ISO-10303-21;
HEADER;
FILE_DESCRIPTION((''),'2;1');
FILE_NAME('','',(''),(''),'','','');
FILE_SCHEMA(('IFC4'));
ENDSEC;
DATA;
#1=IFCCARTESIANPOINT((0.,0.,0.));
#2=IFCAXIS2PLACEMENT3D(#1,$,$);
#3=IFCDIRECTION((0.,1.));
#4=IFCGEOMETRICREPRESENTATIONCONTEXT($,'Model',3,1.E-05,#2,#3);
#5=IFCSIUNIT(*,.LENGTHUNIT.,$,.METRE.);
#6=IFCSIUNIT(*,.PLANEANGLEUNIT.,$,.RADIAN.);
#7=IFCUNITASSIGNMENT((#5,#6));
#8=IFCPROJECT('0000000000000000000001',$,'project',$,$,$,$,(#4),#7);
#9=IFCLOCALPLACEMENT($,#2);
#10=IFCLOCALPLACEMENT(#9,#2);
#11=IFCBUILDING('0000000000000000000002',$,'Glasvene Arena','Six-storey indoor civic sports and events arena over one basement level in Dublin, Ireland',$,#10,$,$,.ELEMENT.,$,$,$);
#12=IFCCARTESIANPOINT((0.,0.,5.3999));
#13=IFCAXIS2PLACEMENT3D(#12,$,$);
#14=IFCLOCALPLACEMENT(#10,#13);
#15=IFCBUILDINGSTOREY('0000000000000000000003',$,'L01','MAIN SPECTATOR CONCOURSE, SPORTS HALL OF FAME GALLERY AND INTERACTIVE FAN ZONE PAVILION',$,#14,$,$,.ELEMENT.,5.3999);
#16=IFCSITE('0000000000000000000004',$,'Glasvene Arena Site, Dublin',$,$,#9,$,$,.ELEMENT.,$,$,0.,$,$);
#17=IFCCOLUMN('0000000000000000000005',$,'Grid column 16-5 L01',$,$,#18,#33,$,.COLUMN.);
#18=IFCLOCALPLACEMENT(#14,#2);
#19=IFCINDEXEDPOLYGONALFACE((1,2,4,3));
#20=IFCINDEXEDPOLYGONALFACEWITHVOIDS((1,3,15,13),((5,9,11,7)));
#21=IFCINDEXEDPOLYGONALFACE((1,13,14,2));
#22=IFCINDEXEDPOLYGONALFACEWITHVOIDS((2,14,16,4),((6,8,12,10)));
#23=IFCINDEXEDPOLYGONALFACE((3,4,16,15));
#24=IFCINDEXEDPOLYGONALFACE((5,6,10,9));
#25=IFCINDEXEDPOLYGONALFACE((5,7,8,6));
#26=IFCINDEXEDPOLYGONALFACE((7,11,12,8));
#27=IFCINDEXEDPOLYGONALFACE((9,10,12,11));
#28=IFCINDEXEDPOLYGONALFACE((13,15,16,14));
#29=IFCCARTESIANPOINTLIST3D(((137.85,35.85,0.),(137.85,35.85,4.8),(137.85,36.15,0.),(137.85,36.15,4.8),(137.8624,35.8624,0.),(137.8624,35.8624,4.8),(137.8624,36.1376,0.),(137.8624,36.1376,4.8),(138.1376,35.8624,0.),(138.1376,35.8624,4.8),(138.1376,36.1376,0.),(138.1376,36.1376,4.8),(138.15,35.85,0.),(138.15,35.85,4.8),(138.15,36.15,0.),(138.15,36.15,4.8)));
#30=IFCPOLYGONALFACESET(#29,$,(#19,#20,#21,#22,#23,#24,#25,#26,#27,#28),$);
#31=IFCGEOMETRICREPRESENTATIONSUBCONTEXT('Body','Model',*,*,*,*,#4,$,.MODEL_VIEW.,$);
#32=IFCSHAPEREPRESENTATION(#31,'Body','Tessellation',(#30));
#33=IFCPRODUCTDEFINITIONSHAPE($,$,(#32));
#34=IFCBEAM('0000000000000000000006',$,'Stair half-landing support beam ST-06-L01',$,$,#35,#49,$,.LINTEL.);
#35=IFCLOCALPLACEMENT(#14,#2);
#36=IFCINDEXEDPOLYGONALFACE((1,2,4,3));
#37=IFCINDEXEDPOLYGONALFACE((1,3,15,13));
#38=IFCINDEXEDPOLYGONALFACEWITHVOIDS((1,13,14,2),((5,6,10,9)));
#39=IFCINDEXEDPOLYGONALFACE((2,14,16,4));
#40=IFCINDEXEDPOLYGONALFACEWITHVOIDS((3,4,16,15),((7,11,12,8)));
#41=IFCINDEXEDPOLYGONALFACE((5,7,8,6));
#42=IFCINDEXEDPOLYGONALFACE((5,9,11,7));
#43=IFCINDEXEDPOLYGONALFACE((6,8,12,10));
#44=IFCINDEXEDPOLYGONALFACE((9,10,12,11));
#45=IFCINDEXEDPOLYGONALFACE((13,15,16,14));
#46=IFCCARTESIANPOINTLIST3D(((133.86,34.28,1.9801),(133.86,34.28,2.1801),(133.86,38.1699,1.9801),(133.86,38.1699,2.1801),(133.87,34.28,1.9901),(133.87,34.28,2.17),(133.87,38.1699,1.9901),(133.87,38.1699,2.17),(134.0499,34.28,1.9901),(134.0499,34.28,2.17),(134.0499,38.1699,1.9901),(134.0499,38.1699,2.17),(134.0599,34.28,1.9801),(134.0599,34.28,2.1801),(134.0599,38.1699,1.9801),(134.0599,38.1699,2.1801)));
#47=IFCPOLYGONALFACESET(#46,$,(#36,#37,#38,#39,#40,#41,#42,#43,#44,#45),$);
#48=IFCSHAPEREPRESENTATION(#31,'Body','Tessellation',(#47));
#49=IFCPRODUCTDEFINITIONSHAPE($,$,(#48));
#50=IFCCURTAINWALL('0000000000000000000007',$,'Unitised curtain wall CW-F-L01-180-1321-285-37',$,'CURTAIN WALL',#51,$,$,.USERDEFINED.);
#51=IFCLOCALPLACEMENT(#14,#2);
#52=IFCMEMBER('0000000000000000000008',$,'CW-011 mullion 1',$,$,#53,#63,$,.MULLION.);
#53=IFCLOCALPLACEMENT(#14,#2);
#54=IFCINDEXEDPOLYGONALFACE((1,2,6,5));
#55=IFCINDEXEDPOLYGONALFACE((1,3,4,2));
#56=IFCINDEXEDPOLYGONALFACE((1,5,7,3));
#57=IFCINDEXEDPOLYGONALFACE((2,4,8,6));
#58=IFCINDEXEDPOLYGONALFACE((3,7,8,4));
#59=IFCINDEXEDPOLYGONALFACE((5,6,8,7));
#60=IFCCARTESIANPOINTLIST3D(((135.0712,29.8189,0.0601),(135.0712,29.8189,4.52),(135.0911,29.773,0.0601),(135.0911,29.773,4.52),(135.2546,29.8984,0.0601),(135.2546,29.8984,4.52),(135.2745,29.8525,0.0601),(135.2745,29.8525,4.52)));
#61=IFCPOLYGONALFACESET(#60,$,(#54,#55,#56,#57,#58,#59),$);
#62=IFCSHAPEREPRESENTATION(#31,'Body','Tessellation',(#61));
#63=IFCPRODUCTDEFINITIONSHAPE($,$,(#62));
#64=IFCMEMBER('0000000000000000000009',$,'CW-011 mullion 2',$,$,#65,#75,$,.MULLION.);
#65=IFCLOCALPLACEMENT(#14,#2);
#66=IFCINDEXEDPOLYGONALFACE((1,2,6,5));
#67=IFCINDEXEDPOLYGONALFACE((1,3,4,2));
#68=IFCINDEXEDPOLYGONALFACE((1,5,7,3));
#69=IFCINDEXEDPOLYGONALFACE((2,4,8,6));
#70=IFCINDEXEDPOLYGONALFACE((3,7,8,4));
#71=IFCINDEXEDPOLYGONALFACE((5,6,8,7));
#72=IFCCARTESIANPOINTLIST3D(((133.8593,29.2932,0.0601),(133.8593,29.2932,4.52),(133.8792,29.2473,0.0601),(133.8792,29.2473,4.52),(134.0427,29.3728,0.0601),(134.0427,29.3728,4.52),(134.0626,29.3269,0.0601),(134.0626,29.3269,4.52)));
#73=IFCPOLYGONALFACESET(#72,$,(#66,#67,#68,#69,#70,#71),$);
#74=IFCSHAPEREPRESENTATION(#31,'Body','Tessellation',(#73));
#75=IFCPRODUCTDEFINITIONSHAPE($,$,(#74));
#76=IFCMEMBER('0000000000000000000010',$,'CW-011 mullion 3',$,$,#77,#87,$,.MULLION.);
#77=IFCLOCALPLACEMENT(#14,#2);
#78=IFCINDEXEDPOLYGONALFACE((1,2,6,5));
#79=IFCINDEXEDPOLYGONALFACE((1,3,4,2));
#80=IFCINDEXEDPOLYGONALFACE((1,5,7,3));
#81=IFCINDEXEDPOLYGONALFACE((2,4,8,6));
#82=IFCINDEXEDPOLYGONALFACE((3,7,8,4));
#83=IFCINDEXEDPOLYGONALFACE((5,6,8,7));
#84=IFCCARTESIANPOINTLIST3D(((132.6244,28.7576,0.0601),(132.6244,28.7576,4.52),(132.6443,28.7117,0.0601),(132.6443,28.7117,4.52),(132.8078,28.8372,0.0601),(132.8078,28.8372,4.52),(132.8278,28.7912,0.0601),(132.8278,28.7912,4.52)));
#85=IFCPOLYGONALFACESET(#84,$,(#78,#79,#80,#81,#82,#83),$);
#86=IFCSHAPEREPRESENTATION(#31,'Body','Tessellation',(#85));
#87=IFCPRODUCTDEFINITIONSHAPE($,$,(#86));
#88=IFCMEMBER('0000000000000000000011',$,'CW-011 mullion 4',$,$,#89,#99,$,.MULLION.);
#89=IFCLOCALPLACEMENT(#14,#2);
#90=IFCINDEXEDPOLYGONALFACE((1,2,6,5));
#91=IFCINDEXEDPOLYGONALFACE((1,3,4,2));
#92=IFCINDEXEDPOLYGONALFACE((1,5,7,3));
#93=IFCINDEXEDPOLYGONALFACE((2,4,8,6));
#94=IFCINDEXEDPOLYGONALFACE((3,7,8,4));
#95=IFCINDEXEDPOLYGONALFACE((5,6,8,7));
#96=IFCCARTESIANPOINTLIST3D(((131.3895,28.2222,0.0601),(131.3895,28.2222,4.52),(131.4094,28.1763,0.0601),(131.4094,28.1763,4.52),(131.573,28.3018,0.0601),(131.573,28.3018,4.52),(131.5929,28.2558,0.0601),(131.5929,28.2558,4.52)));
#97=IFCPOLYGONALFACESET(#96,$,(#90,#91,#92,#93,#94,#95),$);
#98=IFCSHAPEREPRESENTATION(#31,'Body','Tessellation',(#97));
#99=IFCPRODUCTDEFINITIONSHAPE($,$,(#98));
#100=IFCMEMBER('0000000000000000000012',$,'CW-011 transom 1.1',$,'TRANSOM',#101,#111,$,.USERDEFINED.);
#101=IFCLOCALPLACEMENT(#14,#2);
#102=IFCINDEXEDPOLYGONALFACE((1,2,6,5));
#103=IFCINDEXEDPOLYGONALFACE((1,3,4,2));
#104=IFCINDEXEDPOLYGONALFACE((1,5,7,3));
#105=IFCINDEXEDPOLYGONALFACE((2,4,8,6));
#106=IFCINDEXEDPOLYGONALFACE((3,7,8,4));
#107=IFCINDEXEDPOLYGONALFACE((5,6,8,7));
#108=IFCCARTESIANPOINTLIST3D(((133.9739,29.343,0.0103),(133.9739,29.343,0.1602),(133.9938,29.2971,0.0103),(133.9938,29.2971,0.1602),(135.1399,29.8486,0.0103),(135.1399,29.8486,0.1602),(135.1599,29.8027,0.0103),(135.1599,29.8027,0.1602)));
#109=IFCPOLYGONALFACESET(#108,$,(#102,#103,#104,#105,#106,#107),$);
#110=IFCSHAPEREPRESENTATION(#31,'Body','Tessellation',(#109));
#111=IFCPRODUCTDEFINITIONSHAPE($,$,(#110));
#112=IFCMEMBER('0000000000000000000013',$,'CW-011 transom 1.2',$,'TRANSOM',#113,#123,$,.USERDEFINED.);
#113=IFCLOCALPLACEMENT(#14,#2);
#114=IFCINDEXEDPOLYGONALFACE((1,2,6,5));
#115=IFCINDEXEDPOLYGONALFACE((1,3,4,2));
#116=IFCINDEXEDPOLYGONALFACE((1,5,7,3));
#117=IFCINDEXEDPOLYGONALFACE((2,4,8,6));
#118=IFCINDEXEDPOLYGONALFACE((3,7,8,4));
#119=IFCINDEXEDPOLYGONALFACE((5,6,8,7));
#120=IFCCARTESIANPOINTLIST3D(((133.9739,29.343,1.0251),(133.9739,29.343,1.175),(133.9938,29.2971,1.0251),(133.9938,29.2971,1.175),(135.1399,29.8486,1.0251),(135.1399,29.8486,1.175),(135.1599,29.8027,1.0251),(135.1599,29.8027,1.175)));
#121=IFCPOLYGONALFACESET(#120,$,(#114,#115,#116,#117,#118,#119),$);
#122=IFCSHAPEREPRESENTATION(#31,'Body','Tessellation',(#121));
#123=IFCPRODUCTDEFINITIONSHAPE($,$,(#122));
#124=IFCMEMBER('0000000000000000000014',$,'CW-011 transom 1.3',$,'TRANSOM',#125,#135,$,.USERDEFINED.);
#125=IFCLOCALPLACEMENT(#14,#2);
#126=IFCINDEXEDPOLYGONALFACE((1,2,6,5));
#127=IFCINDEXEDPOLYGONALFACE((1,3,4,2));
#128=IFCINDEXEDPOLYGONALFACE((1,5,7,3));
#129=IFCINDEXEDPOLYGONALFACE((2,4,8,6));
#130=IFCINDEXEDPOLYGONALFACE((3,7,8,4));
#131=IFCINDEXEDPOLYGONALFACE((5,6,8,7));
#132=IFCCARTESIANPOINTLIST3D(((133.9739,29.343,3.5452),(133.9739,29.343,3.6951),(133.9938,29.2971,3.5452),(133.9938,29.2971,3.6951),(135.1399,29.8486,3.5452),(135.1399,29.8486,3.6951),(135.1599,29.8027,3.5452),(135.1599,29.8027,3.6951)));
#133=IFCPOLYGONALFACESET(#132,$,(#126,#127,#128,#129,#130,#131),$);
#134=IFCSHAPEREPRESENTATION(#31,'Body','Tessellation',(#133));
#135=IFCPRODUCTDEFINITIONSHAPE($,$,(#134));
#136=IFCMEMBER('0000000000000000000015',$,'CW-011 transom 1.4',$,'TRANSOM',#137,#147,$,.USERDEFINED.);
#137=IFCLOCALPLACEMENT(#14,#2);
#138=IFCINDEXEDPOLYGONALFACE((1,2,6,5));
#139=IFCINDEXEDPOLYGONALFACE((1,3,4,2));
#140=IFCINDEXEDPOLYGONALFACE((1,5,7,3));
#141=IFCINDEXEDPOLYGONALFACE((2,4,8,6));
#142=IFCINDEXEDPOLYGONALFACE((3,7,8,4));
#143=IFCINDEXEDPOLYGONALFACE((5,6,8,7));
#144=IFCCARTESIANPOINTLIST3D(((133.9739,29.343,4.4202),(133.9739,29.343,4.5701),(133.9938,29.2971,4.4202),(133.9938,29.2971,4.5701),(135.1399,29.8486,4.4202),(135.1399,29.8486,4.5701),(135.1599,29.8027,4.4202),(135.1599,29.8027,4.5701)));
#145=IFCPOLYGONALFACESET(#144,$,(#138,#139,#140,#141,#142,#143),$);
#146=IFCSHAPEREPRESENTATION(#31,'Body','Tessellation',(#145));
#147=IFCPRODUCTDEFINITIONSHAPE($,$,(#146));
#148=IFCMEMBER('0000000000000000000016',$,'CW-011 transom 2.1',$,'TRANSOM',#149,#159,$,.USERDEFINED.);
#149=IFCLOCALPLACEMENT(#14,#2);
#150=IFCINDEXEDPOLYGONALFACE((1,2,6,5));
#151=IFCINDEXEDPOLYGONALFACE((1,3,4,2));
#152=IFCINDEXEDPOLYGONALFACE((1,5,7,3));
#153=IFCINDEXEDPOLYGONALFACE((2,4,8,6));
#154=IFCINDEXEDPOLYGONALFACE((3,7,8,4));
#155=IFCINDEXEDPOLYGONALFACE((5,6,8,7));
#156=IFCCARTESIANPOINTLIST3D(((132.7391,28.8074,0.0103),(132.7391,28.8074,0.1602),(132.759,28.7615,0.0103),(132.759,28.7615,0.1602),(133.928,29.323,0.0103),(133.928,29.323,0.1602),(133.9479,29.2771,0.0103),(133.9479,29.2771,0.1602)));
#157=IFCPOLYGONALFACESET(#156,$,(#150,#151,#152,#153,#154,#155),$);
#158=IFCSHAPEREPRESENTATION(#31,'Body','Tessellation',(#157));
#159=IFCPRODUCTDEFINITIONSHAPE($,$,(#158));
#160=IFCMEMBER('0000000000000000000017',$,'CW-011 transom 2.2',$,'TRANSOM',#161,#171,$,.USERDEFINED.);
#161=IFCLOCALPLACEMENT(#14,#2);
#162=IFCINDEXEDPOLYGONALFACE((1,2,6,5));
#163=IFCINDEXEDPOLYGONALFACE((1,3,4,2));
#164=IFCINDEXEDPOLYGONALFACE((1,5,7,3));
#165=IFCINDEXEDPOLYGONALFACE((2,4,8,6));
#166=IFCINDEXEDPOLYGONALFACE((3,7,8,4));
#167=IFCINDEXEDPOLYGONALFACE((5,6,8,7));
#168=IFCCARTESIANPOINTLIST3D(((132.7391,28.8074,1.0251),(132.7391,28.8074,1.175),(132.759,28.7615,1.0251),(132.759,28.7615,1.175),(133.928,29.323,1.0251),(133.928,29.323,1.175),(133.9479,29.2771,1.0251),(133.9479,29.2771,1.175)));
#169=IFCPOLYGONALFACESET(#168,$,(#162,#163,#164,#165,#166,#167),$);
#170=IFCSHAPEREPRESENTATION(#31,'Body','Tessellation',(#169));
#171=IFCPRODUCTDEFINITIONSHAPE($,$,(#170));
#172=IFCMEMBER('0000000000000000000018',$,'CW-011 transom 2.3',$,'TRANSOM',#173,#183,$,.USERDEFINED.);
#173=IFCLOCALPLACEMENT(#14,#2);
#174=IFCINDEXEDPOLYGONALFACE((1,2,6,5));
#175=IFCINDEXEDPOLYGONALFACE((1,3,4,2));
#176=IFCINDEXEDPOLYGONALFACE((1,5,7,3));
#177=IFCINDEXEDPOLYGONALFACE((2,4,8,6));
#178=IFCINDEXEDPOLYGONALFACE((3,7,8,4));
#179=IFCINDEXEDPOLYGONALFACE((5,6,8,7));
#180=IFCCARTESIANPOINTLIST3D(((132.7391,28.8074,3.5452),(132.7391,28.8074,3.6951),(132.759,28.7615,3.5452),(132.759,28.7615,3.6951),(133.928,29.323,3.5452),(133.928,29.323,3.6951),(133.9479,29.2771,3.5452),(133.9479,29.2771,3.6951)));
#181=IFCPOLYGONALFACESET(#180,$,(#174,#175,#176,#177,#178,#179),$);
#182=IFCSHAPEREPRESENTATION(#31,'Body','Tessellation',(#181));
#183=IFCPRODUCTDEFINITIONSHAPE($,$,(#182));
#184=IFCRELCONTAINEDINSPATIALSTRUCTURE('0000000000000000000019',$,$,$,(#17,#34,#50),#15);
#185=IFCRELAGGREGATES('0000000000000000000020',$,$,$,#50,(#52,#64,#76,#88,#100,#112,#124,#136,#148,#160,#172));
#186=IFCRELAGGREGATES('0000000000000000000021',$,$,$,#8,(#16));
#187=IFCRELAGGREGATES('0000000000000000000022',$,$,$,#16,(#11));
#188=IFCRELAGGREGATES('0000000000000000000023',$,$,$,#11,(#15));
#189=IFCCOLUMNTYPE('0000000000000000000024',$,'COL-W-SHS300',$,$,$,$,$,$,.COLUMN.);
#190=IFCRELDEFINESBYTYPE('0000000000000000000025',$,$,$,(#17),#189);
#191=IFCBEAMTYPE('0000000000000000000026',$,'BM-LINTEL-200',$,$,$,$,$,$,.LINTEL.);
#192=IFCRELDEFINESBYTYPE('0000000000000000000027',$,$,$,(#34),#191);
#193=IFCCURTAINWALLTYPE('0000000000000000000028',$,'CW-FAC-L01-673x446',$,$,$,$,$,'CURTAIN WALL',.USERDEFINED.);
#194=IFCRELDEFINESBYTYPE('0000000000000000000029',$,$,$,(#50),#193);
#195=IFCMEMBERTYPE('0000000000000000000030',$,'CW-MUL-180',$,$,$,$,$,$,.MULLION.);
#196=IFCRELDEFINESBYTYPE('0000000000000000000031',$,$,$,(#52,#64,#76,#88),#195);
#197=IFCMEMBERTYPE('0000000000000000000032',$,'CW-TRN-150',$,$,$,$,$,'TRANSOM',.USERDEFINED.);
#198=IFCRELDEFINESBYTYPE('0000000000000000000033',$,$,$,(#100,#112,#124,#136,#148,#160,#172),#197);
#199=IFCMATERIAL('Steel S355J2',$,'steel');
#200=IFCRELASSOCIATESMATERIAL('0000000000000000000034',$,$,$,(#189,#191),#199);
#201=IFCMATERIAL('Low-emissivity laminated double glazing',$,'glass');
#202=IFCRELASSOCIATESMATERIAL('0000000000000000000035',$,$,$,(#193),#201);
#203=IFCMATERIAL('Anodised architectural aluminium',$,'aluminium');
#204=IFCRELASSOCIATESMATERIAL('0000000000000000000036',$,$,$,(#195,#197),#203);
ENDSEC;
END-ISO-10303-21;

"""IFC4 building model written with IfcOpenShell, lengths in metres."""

from ifc_helpers import new_model, si_unit, direction, frame, origin, origin_2d, place, context, subcontext, project, spatial, rectangle, hollow_rectangle, extrude, material, material_profile, profile_set, type_object, element, aggregate, save


model = new_model("IFC4")

# Units and contexts
model_context = context("Model", 3, precision=1e-05, world=origin(), true_north=direction((0.0, 1.0)))
body_context = subcontext(model_context, "Body", "Model", "MODEL_VIEW")
ifc_project = project(units=[si_unit("LENGTHUNIT", "METRE"), si_unit("PLANEANGLEUNIT", "RADIAN")], contexts=[model_context])

# Site, building, storey
site_placement = place(None, origin())
site = spatial("IfcSite", under=ifc_project, at=site_placement, Name="Glasvene Arena Site, Dublin", CompositionType="ELEMENT", RefElevation=0.0)
building_placement = place(site_placement, origin())
building = spatial("IfcBuilding", under=site, at=building_placement, Name="Glasvene Arena", Description="Six-storey indoor civic sports and events arena over one basement level in Dublin, Ireland", CompositionType="ELEMENT")
storey_placement = place(building_placement, frame((0.0, 0.0, 5.3999)))
storey = spatial("IfcBuildingStorey", under=building, at=storey_placement, Name="L01", Description="MAIN SPECTATOR CONCOURSE, SPORTS HALL OF FAME GALLERY AND INTERACTIVE FAN ZONE PAVILION", CompositionType="ELEMENT", Elevation=5.3999)

# Column
ifc_material_1 = material(Name="Steel S355J2", Category="steel")
ifc_material_profile_1 = material_profile(ifc_material_1, hollow_rectangle(XDim=0.3, YDim=0.3, WallThickness=0.0125, at=origin_2d()), Name="SHS 300x300x12.5")
ifc_profile_set_1 = profile_set([ifc_material_profile_1], Name="Steel S355J2")
column_type = type_object("IfcColumnType", Name="COL-W-SHS300", PredefinedType="COLUMN", material=ifc_profile_set_1)
column_placement = place(storey_placement, frame((138.0, 36.0, 0.0), z_axis=(0.0, 0.0, 1.0), x_axis=(1.0, 0.0, 0.0)))
element("IfcColumn", 1, at=column_placement, inside=storey, type_object=column_type, Name="Grid column 16-5 L01", PredefinedType="COLUMN", context=body_context, shape_type="SweptSolid", body=[
    extrude(hollow_rectangle(XDim=0.3, YDim=0.3, WallThickness=0.0125, at=origin_2d()), origin(), (0.0, 0.0, 1.0), 4.8),
])

# Beam
ifc_material_profile_2 = material_profile(ifc_material_1, hollow_rectangle(XDim=0.2, YDim=0.2, WallThickness=0.01, at=origin_2d()), Name="SHS 200x200x10.0")
ifc_profile_set_2 = profile_set([ifc_material_profile_2], Name="Steel S355J2")
beam_type = type_object("IfcBeamType", Name="BM-LINTEL-200", PredefinedType="LINTEL", material=ifc_profile_set_2)
beam_placement = place(storey_placement, frame((133.96, 34.28, 2.0801), z_axis=(0.0, 1.0, 0.0), x_axis=(-1.0, 0.0, 0.0)))
element("IfcBeam", 2, at=beam_placement, inside=storey, type_object=beam_type, Name="Stair half-landing support beam ST-06-L01", PredefinedType="LINTEL", context=body_context, shape_type="SweptSolid", body=[
    extrude(hollow_rectangle(XDim=0.2, YDim=0.2, WallThickness=0.01, at=origin_2d()), origin(), (0.0, 0.0, 1.0), 3.8899),
])

# Curtain wall, members
ifc_material_2 = material(Name="Low-emissivity laminated double glazing", Category="glass")
curtain_wall_type = type_object("IfcCurtainWallType", Name="CW-FAC-L01-673x446", ElementType="CURTAIN WALL", PredefinedType="USERDEFINED", material=ifc_material_2)
curtain_wall_placement = place(storey_placement, frame((135.1958, 29.8457, 0.0)))
curtain_wall = element("IfcCurtainWall", 3, at=curtain_wall_placement, inside=storey, type_object=curtain_wall_type, Name="Unitised curtain wall CW-F-L01-180-1321-285-37", ObjectType="CURTAIN WALL", PredefinedType="USERDEFINED")
ifc_material_3 = material(Name="Anodised architectural aluminium", Category="aluminium")
ifc_material_profile_3 = material_profile(ifc_material_3, rectangle(XDim=0.05, YDim=0.2, at=origin_2d()), Name="ALU MULLION 50x200")
ifc_profile_set_3 = profile_set([ifc_material_profile_3], Name="Anodised architectural aluminium")
member_type_1 = type_object("IfcMemberType", Name="CW-MUL-180", PredefinedType="MULLION", material=ifc_profile_set_3)
member_1_placement = place(storey_placement, frame((135.1729, 29.8357, 0.0601), z_axis=(0.0, 0.0, 1.0), x_axis=(0.39789, -0.917433, 0.0)))
member_1 = element("IfcMember", 4, at=member_1_placement, type_object=member_type_1, Name="CW-011 mullion 1", PredefinedType="MULLION", context=body_context, shape_type="SweptSolid", body=[
    extrude(rectangle(XDim=0.05, YDim=0.2, at=origin_2d()), origin(), (0.0, 0.0, 1.0), 4.46),
])
member_2_placement = place(storey_placement, frame((133.9609, 29.3101, 0.0601), z_axis=(0.0, 0.0, 1.0), x_axis=(0.39789, -0.917433, 0.0)))
member_2 = element("IfcMember", 5, at=member_2_placement, type_object=member_type_1, Name="CW-011 mullion 2", PredefinedType="MULLION", context=body_context, shape_type="SweptSolid", body=[
    extrude(rectangle(XDim=0.05, YDim=0.2, at=origin_2d()), origin(), (0.0, 0.0, 1.0), 4.46),
])
member_3_placement = place(storey_placement, frame((132.7261, 28.7744, 0.0601), z_axis=(0.0, 0.0, 1.0), x_axis=(0.39789, -0.917433, 0.0)))
member_3 = element("IfcMember", 6, at=member_3_placement, type_object=member_type_1, Name="CW-011 mullion 3", PredefinedType="MULLION", context=body_context, shape_type="SweptSolid", body=[
    extrude(rectangle(XDim=0.05, YDim=0.2, at=origin_2d()), origin(), (0.0, 0.0, 1.0), 4.46),
])
member_4_placement = place(storey_placement, frame((131.4912, 28.239, 0.0601), z_axis=(0.0, 0.0, 1.0), x_axis=(0.39789, -0.917433, 0.0)))
member_4 = element("IfcMember", 7, at=member_4_placement, type_object=member_type_1, Name="CW-011 mullion 4", PredefinedType="MULLION", context=body_context, shape_type="SweptSolid", body=[
    extrude(rectangle(XDim=0.05, YDim=0.2, at=origin_2d()), origin(), (0.0, 0.0, 1.0), 4.46),
])
ifc_material_profile_4 = material_profile(ifc_material_3, rectangle(XDim=0.05, YDim=0.1499, at=origin_2d()), Name="ALU TRANSOM 50x150")
ifc_profile_set_4 = profile_set([ifc_material_profile_4], Name="Anodised architectural aluminium")
member_type_2 = type_object("IfcMemberType", Name="CW-TRN-150", ElementType="TRANSOM", PredefinedType="USERDEFINED", material=ifc_profile_set_4)
member_5_placement = place(storey_placement, frame((135.1499, 29.8257, 0.0852), z_axis=(-0.917457, -0.397834, 0.0), x_axis=(0.397834, -0.917457, 0.0)))
member_5 = element("IfcMember", 8, at=member_5_placement, type_object=member_type_2, Name="CW-011 transom 1.1", ObjectType="TRANSOM", PredefinedType="USERDEFINED", context=body_context, shape_type="SweptSolid", body=[
    extrude(rectangle(XDim=0.05, YDim=0.1499, at=origin_2d()), origin(), (0.0, 0.0, 1.0), 1.271),
])
member_6_placement = place(storey_placement, frame((135.1499, 29.8257, 1.1001), z_axis=(-0.917457, -0.397834, 0.0), x_axis=(0.397834, -0.917457, 0.0)))
member_6 = element("IfcMember", 9, at=member_6_placement, type_object=member_type_2, Name="CW-011 transom 1.2", ObjectType="TRANSOM", PredefinedType="USERDEFINED", context=body_context, shape_type="SweptSolid", body=[
    extrude(rectangle(XDim=0.05, YDim=0.1499, at=origin_2d()), origin(), (0.0, 0.0, 1.0), 1.271),
])
member_7_placement = place(storey_placement, frame((135.1499, 29.8257, 3.6201), z_axis=(-0.917457, -0.397834, 0.0), x_axis=(0.397834, -0.917457, 0.0)))
member_7 = element("IfcMember", 10, at=member_7_placement, type_object=member_type_2, Name="CW-011 transom 1.3", ObjectType="TRANSOM", PredefinedType="USERDEFINED", context=body_context, shape_type="SweptSolid", body=[
    extrude(rectangle(XDim=0.05, YDim=0.1499, at=origin_2d()), origin(), (0.0, 0.0, 1.0), 1.271),
])
member_8_placement = place(storey_placement, frame((135.1499, 29.8257, 4.4951), z_axis=(-0.917457, -0.397834, 0.0), x_axis=(0.397834, -0.917457, 0.0)))
member_8 = element("IfcMember", 11, at=member_8_placement, type_object=member_type_2, Name="CW-011 transom 1.4", ObjectType="TRANSOM", PredefinedType="USERDEFINED", context=body_context, shape_type="SweptSolid", body=[
    extrude(rectangle(XDim=0.05, YDim=0.1499, at=origin_2d()), origin(), (0.0, 0.0, 1.0), 1.271),
])
member_9_placement = place(storey_placement, frame((133.938, 29.3, 0.0852), z_axis=(-0.917441, -0.397872, 0.0), x_axis=(0.397872, -0.917441, 0.0)))
member_9 = element("IfcMember", 12, at=member_9_placement, type_object=member_type_2, Name="CW-011 transom 2.1", ObjectType="TRANSOM", PredefinedType="USERDEFINED", context=body_context, shape_type="SweptSolid", body=[
    extrude(rectangle(XDim=0.05, YDim=0.1499, at=origin_2d()), origin(), (0.0, 0.0, 1.0), 1.2959),
])
member_10_placement = place(storey_placement, frame((133.938, 29.3, 1.1001), z_axis=(-0.917441, -0.397872, 0.0), x_axis=(0.397872, -0.917441, 0.0)))
member_10 = element("IfcMember", 13, at=member_10_placement, type_object=member_type_2, Name="CW-011 transom 2.2", ObjectType="TRANSOM", PredefinedType="USERDEFINED", context=body_context, shape_type="SweptSolid", body=[
    extrude(rectangle(XDim=0.05, YDim=0.1499, at=origin_2d()), origin(), (0.0, 0.0, 1.0), 1.2959),
])
member_11_placement = place(storey_placement, frame((133.938, 29.3, 3.6201), z_axis=(-0.917441, -0.397872, 0.0), x_axis=(0.397872, -0.917441, 0.0)))
member_11 = element("IfcMember", 14, at=member_11_placement, type_object=member_type_2, Name="CW-011 transom 2.3", ObjectType="TRANSOM", PredefinedType="USERDEFINED", context=body_context, shape_type="SweptSolid", body=[
    extrude(rectangle(XDim=0.05, YDim=0.1499, at=origin_2d()), origin(), (0.0, 0.0, 1.0), 1.2959),
])
aggregate(curtain_wall, [member_1, member_2, member_3, member_4, member_5, member_6, member_7, member_8, member_9, member_10, member_11])

save(model, "model.ifc")
